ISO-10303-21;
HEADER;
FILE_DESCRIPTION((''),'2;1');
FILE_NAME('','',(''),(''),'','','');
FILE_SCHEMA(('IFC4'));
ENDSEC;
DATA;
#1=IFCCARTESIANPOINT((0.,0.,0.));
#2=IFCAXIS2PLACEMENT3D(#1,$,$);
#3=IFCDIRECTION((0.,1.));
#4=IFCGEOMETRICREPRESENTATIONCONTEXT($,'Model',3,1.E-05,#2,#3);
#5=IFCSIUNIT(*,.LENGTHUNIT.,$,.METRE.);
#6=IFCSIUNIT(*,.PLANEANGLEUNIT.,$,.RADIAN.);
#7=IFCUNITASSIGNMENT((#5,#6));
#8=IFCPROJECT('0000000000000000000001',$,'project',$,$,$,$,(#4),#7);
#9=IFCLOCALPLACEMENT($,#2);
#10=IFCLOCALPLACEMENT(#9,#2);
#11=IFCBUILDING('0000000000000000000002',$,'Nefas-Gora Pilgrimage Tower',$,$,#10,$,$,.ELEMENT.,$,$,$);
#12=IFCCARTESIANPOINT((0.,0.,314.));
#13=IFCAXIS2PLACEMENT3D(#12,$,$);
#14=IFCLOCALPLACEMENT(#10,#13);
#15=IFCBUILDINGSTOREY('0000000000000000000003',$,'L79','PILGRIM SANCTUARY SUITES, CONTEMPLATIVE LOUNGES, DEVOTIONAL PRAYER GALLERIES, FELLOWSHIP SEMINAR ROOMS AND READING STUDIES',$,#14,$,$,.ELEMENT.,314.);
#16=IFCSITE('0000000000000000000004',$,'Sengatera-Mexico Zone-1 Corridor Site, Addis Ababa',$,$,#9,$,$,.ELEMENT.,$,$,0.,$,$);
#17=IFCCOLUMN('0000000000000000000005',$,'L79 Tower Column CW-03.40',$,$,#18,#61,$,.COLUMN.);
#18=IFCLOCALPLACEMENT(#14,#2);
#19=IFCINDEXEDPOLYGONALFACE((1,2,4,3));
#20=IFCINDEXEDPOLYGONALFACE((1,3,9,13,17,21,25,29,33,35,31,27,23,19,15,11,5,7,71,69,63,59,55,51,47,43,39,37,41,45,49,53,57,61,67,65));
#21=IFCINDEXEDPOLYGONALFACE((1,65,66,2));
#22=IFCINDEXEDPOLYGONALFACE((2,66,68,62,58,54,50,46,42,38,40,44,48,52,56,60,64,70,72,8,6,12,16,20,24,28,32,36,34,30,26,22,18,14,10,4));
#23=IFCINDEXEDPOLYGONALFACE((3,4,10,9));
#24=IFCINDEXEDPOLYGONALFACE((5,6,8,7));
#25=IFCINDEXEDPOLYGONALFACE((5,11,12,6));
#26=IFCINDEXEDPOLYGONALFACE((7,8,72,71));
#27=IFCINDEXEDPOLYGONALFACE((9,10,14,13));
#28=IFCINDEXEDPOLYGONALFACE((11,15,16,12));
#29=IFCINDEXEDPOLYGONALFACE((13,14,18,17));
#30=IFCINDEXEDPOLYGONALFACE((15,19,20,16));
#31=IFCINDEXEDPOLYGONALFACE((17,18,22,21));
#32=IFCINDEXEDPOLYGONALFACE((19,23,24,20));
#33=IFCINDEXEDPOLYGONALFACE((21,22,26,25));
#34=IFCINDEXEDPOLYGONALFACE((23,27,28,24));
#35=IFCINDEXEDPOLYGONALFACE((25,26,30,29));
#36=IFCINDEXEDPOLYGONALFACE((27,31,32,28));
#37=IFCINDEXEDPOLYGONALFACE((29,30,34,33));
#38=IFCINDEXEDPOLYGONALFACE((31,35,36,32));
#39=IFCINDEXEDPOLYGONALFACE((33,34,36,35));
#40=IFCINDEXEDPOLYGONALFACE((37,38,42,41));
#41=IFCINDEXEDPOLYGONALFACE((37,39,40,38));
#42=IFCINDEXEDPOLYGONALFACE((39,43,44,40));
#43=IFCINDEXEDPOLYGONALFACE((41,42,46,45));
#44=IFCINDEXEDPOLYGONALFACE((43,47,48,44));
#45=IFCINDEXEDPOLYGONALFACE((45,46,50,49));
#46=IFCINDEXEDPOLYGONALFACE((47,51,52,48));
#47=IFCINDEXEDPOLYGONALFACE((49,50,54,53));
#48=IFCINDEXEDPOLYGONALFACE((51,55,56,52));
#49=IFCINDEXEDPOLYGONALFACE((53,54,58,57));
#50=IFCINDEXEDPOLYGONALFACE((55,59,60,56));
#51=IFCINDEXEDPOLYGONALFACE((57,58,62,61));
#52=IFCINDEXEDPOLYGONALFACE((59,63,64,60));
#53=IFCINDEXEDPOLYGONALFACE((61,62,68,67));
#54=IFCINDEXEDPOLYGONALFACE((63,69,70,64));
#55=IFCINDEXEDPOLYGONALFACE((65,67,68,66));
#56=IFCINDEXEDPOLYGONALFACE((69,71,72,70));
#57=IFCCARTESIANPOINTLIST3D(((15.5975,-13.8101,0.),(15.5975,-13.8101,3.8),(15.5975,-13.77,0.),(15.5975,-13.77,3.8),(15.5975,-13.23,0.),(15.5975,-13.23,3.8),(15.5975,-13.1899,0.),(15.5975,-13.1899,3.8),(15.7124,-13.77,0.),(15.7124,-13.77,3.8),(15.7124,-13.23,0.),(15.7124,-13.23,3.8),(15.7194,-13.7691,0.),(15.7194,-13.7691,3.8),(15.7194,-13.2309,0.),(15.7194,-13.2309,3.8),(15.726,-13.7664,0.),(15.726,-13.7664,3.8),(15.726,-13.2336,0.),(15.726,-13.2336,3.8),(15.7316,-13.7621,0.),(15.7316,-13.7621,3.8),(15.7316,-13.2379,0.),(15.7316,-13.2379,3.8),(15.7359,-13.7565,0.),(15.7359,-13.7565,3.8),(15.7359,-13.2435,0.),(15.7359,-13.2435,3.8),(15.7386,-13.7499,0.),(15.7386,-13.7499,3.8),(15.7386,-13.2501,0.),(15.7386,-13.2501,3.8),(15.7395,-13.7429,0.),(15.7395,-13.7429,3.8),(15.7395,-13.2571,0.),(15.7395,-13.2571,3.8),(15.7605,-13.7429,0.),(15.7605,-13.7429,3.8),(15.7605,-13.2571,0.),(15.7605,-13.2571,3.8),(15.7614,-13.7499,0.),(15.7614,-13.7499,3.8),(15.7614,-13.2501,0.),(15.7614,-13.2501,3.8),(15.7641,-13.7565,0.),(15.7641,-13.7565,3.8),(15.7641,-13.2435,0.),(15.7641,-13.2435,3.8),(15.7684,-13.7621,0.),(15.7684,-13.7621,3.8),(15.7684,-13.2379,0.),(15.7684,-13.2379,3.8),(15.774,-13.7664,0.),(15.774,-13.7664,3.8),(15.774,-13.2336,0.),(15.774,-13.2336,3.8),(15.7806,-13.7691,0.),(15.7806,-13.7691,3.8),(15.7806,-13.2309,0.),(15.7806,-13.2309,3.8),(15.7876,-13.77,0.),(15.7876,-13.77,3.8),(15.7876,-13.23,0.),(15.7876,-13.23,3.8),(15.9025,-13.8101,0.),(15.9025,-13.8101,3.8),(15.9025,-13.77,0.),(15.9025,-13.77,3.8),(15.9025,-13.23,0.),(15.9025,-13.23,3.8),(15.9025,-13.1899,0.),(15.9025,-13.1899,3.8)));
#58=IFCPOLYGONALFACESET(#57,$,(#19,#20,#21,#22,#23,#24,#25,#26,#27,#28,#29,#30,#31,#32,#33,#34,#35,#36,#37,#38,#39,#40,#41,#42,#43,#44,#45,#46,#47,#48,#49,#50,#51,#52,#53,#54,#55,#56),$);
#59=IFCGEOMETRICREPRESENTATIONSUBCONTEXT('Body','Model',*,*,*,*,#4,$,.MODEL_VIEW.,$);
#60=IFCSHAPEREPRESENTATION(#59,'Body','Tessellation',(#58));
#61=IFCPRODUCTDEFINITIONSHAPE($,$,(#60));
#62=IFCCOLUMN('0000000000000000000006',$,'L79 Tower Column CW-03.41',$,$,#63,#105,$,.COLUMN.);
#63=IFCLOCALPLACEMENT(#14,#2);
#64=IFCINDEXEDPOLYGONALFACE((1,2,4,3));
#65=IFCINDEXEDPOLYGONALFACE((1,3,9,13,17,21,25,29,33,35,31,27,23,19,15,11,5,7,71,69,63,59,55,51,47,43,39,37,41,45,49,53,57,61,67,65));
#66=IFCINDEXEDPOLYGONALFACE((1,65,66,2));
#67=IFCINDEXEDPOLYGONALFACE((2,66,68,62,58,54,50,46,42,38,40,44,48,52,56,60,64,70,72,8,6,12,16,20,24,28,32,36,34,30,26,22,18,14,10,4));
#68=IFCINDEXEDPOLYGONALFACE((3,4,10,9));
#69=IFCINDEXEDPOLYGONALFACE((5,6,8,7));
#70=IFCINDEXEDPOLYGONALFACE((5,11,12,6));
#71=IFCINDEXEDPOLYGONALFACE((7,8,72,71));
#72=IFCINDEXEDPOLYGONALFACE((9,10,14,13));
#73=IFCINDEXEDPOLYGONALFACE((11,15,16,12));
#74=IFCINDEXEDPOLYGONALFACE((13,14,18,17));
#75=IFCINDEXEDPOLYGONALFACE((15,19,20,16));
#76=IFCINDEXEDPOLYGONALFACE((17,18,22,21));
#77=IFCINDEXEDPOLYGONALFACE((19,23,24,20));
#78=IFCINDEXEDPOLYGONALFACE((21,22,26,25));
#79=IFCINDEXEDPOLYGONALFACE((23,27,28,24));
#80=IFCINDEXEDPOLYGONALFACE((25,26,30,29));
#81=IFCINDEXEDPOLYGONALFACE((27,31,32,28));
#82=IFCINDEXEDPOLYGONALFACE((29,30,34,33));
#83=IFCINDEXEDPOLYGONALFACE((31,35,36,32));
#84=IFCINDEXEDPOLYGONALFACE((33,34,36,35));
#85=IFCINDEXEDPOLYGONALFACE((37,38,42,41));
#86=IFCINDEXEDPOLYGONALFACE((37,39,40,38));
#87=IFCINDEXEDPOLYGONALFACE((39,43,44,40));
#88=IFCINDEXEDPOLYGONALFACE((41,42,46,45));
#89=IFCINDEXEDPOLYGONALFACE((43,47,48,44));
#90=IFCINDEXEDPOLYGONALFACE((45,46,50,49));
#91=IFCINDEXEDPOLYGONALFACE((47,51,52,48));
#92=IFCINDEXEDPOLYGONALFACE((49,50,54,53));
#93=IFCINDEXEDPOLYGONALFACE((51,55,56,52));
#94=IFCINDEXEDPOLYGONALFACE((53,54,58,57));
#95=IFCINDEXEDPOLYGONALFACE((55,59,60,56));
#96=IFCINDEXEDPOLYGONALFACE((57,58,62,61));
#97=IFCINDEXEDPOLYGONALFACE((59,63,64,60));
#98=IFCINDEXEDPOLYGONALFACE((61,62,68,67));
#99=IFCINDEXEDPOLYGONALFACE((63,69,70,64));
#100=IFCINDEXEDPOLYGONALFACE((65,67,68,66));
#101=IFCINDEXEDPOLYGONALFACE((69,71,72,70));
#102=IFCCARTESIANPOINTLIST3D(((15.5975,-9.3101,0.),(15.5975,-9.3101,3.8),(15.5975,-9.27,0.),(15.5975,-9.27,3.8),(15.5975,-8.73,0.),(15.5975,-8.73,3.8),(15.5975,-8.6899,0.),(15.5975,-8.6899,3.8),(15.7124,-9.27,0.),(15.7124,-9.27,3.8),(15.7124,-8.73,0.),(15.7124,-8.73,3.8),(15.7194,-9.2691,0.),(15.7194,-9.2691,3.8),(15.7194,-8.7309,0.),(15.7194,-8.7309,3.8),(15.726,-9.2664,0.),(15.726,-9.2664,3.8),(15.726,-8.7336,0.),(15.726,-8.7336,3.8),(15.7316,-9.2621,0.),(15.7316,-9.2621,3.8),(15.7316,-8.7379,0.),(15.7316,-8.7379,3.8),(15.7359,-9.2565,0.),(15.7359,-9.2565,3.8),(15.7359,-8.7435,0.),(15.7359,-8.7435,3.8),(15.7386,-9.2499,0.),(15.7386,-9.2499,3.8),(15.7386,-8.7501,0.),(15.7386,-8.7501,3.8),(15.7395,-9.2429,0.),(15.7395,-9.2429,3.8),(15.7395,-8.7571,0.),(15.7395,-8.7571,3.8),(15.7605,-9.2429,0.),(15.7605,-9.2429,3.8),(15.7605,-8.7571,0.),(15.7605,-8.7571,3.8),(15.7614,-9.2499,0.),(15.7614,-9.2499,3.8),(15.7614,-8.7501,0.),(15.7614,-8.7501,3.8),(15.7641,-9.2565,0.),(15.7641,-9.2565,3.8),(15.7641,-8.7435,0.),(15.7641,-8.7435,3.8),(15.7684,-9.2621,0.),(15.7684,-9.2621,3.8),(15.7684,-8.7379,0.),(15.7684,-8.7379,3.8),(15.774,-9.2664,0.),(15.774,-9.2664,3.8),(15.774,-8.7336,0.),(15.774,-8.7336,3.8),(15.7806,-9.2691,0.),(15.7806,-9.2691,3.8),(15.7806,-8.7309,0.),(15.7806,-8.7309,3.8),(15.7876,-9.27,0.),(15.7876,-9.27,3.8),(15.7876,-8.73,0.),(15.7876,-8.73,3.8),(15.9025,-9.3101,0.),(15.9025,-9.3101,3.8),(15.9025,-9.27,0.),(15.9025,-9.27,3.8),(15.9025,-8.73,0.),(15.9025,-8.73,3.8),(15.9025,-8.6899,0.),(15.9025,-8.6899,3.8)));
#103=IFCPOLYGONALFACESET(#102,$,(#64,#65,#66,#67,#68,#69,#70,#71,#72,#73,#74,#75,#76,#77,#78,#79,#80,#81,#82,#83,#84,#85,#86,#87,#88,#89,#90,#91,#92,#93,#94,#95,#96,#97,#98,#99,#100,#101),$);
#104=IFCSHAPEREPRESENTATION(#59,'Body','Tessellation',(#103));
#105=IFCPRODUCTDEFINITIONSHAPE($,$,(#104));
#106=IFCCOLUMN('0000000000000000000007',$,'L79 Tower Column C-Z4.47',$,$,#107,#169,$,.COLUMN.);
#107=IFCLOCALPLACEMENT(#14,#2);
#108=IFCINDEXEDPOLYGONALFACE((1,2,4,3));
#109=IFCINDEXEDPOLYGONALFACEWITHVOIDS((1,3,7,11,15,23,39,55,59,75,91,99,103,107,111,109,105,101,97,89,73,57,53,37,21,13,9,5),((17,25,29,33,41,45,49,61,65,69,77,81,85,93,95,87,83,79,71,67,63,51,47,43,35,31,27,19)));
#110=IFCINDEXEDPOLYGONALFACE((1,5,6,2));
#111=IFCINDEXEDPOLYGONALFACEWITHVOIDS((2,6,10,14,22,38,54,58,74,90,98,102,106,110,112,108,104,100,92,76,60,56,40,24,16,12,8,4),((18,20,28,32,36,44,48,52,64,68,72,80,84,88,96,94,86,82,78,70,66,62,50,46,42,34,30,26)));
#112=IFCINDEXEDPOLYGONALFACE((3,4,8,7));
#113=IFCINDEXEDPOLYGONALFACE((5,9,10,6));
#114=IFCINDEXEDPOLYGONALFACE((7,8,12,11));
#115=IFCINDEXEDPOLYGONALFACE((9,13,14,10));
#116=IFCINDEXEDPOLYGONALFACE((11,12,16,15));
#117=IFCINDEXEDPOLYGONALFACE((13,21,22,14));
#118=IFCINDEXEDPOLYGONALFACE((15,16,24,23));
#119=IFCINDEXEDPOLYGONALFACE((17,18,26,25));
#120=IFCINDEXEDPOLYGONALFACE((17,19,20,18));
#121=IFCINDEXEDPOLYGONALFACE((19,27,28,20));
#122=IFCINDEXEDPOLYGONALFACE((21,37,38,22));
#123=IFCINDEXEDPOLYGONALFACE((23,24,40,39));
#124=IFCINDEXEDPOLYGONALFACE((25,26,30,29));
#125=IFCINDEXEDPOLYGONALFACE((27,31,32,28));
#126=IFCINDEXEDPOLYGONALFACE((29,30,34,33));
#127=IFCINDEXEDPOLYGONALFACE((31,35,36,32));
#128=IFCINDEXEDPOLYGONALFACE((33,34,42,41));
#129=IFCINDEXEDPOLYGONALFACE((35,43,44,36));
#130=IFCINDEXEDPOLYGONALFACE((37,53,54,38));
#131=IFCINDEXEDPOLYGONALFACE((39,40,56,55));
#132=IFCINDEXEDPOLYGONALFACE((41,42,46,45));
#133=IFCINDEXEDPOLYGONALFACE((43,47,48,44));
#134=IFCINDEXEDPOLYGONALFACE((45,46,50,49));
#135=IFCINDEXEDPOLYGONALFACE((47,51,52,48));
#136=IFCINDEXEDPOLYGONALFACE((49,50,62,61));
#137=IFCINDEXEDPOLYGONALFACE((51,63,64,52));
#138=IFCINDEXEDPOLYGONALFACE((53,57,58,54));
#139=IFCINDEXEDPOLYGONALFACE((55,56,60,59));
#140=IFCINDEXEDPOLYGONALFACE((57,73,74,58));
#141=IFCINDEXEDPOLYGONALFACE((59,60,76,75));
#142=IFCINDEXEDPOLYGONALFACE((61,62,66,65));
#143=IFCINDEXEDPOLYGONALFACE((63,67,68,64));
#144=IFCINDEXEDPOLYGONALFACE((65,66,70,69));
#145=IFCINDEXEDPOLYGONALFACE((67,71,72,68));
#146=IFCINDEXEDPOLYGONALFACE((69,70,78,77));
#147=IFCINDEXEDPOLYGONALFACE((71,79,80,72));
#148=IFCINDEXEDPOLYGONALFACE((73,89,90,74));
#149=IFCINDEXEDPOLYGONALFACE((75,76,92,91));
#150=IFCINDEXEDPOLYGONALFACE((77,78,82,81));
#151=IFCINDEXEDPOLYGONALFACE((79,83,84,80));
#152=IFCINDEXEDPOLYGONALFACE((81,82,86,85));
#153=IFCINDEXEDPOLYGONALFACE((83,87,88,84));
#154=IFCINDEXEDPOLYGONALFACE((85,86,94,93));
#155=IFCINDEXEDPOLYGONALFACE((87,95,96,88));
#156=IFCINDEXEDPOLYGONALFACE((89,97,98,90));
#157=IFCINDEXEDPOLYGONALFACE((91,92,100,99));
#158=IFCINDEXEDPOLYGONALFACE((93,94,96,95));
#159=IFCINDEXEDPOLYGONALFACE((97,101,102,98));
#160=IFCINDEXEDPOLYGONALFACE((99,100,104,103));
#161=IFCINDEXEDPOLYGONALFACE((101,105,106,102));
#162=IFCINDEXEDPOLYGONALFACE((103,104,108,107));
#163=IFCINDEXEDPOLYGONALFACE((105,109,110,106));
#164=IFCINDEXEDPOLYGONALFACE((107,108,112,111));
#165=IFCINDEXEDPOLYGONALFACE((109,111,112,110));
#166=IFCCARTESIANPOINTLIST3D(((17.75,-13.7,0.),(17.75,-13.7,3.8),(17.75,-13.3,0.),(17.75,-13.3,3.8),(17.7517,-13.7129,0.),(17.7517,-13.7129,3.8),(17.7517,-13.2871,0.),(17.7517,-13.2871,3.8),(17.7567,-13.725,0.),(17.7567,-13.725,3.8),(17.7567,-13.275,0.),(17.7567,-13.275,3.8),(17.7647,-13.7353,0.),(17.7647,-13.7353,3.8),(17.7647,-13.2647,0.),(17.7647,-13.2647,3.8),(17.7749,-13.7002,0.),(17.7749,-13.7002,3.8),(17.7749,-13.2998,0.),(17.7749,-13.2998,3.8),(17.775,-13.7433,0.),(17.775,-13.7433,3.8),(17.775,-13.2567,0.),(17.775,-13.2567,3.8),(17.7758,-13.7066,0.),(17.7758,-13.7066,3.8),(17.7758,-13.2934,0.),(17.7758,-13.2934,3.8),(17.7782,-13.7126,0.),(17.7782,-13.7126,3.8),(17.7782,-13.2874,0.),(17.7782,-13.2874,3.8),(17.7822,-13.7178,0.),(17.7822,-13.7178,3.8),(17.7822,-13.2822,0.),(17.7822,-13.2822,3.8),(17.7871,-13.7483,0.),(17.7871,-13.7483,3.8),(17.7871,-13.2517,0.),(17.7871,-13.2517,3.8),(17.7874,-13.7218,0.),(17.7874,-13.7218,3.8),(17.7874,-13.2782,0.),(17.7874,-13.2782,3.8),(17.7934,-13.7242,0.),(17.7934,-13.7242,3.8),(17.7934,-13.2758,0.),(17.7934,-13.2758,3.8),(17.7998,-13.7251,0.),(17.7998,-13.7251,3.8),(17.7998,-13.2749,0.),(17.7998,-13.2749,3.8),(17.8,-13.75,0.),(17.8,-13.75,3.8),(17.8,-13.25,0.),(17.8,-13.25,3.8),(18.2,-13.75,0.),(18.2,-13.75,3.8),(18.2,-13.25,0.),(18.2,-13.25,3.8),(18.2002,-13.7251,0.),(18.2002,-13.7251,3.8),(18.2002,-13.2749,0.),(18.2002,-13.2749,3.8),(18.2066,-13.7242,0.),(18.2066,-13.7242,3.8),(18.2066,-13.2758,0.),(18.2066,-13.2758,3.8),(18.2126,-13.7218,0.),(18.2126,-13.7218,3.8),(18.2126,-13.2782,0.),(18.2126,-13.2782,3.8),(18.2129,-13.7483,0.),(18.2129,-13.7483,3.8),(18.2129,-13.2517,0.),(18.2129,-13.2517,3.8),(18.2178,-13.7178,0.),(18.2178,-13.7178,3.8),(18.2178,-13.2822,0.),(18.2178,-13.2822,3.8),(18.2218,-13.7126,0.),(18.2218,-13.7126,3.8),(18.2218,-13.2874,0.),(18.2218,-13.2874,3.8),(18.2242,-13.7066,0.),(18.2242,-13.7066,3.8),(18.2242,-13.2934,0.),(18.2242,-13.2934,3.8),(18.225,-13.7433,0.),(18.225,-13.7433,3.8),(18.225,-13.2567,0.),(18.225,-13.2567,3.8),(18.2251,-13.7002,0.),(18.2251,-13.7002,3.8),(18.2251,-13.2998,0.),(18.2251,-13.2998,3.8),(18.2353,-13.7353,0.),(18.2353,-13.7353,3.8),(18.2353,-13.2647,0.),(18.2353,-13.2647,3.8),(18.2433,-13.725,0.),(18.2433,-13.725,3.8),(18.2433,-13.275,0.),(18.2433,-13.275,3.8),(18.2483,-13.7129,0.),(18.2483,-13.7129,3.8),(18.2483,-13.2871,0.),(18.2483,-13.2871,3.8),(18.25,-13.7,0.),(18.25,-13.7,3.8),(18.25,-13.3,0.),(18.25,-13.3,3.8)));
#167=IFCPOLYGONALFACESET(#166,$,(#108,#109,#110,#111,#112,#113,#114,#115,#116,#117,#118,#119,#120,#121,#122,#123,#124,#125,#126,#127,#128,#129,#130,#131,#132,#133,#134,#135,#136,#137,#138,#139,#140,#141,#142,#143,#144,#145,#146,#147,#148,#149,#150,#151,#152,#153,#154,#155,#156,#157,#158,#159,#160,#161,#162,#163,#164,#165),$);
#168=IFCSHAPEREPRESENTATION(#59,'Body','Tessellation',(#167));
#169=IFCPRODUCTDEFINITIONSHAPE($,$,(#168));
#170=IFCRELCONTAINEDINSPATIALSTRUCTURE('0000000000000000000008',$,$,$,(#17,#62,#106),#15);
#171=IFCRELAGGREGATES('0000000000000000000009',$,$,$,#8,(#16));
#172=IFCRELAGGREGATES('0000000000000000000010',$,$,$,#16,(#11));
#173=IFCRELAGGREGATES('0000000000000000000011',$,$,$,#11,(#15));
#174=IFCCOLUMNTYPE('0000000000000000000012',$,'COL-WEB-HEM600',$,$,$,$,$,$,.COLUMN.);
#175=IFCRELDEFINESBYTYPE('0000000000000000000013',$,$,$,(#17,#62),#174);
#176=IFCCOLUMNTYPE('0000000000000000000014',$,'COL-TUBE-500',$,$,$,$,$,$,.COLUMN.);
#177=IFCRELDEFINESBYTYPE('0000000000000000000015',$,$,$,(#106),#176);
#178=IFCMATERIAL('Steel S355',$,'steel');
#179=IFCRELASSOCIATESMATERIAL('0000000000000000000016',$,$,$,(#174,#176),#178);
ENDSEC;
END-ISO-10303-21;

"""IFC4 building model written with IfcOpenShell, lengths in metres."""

from ifc_helpers import new_model, si_unit, direction, frame, origin, origin_2d, place, context, subcontext, project, spatial, hollow_rectangle, i_section, extrude, source, transform, mapped, material, material_profile, profile_set, type_object, element, save


model = new_model("IFC4")

# Units and contexts
model_context = context("Model", 3, precision=1e-05, world=origin(), true_north=direction((0.0, 1.0)))
body_context = subcontext(model_context, "Body", "Model", "MODEL_VIEW")
ifc_project = project(units=[si_unit("LENGTHUNIT", "METRE"), si_unit("PLANEANGLEUNIT", "RADIAN")], contexts=[model_context])

# Site, building, storey
site_placement = place(None, origin())
site = spatial("IfcSite", under=ifc_project, at=site_placement, Name="Sengatera-Mexico Zone-1 Corridor Site, Addis Ababa", CompositionType="ELEMENT", RefElevation=0.0)
building_placement = place(site_placement, origin())
building = spatial("IfcBuilding", under=site, at=building_placement, Name="Nefas-Gora Pilgrimage Tower", CompositionType="ELEMENT")
storey_placement = place(building_placement, frame((0.0, 0.0, 314.0)))
storey = spatial("IfcBuildingStorey", under=building, at=storey_placement, Name="L79", Description="PILGRIM SANCTUARY SUITES, CONTEMPLATIVE LOUNGES, DEVOTIONAL PRAYER GALLERIES, FELLOWSHIP SEMINAR ROOMS AND READING STUDIES", CompositionType="ELEMENT", Elevation=314.0)

# Columns
ifc_material_1 = material(Name="Steel S355", Category="steel")
ifc_material_profile_1 = material_profile(ifc_material_1, i_section(OverallWidth=0.3049, OverallDepth=0.6201, WebThickness=0.021, FlangeThickness=0.04, FilletRadius=0.0271, at=origin_2d()), Name="HEM 600")
ifc_profile_set_1 = profile_set([ifc_material_profile_1], Name="Steel S355")
column_type_1 = type_object("IfcColumnType", Name="COL-WEB-HEM600", PredefinedType="COLUMN", material=ifc_profile_set_1)
shared_shape_1 = source(origin(), body_context, "Body", "SweptSolid", [
    extrude(i_section(OverallWidth=0.3049, OverallDepth=0.6201, WebThickness=0.021, FlangeThickness=0.04, FilletRadius=0.0271, at=origin_2d()), origin(), (0.0, 0.0, 1.0), 3.8),
])
for number, where, z_axis, x_axis, name in (
    (1, (15.75, -13.5, 0.0), (0.0, 0.0, 1.0), (1.0, 0.0, 0.0), "L79 Tower Column CW-03.40"),
    (2, (15.75, -9.0, 0.0), (0.0, 0.0, 1.0), (1.0, 0.0, 0.0), "L79 Tower Column CW-03.41"),
):
    element("IfcColumn", number, at=place(storey_placement, frame(where, z_axis=z_axis, x_axis=x_axis)), inside=storey, type_object=column_type_1, Name=name, PredefinedType="COLUMN", context=body_context, shape_type="MappedRepresentation", body=[
        mapped(shared_shape_1, transform((0.0, 0.0, 0.0), x_axis=(1.0, 0.0, 0.0), y_axis=(0.0, 1.0, 0.0), z_axis=(0.0, 0.0, 1.0), scale=1.0)),
    ])
ifc_material_profile_2 = material_profile(ifc_material_1, hollow_rectangle(XDim=0.5, YDim=0.5, WallThickness=0.0249, InnerFilletRadius=0.0249, OuterFilletRadius=0.05, at=origin_2d()), Name="SHS 500x500x25")
ifc_profile_set_2 = profile_set([ifc_material_profile_2], Name="Steel S355")
column_type_2 = type_object("IfcColumnType", Name="COL-TUBE-500", PredefinedType="COLUMN", material=ifc_profile_set_2)
shared_shape_2 = source(origin(), body_context, "Body", "SweptSolid", [
    extrude(hollow_rectangle(XDim=0.5, YDim=0.5, WallThickness=0.0249, InnerFilletRadius=0.0249, OuterFilletRadius=0.05, at=origin_2d()), origin(), (0.0, 0.0, 1.0), 3.8),
])
for number, where, z_axis, x_axis, name in (
    (3, (18.0, -13.5, 0.0), (0.0, 0.0, 1.0), (1.0, 0.0, 0.0), "L79 Tower Column C-Z4.47"),
):
    element("IfcColumn", number, at=place(storey_placement, frame(where, z_axis=z_axis, x_axis=x_axis)), inside=storey, type_object=column_type_2, Name=name, PredefinedType="COLUMN", context=body_context, shape_type="MappedRepresentation", body=[
        mapped(shared_shape_2, transform((0.0, 0.0, 0.0), x_axis=(1.0, 0.0, 0.0), y_axis=(0.0, 1.0, 0.0), z_axis=(0.0, 0.0, 1.0), scale=1.0)),
    ])

save(model, "model.ifc")
